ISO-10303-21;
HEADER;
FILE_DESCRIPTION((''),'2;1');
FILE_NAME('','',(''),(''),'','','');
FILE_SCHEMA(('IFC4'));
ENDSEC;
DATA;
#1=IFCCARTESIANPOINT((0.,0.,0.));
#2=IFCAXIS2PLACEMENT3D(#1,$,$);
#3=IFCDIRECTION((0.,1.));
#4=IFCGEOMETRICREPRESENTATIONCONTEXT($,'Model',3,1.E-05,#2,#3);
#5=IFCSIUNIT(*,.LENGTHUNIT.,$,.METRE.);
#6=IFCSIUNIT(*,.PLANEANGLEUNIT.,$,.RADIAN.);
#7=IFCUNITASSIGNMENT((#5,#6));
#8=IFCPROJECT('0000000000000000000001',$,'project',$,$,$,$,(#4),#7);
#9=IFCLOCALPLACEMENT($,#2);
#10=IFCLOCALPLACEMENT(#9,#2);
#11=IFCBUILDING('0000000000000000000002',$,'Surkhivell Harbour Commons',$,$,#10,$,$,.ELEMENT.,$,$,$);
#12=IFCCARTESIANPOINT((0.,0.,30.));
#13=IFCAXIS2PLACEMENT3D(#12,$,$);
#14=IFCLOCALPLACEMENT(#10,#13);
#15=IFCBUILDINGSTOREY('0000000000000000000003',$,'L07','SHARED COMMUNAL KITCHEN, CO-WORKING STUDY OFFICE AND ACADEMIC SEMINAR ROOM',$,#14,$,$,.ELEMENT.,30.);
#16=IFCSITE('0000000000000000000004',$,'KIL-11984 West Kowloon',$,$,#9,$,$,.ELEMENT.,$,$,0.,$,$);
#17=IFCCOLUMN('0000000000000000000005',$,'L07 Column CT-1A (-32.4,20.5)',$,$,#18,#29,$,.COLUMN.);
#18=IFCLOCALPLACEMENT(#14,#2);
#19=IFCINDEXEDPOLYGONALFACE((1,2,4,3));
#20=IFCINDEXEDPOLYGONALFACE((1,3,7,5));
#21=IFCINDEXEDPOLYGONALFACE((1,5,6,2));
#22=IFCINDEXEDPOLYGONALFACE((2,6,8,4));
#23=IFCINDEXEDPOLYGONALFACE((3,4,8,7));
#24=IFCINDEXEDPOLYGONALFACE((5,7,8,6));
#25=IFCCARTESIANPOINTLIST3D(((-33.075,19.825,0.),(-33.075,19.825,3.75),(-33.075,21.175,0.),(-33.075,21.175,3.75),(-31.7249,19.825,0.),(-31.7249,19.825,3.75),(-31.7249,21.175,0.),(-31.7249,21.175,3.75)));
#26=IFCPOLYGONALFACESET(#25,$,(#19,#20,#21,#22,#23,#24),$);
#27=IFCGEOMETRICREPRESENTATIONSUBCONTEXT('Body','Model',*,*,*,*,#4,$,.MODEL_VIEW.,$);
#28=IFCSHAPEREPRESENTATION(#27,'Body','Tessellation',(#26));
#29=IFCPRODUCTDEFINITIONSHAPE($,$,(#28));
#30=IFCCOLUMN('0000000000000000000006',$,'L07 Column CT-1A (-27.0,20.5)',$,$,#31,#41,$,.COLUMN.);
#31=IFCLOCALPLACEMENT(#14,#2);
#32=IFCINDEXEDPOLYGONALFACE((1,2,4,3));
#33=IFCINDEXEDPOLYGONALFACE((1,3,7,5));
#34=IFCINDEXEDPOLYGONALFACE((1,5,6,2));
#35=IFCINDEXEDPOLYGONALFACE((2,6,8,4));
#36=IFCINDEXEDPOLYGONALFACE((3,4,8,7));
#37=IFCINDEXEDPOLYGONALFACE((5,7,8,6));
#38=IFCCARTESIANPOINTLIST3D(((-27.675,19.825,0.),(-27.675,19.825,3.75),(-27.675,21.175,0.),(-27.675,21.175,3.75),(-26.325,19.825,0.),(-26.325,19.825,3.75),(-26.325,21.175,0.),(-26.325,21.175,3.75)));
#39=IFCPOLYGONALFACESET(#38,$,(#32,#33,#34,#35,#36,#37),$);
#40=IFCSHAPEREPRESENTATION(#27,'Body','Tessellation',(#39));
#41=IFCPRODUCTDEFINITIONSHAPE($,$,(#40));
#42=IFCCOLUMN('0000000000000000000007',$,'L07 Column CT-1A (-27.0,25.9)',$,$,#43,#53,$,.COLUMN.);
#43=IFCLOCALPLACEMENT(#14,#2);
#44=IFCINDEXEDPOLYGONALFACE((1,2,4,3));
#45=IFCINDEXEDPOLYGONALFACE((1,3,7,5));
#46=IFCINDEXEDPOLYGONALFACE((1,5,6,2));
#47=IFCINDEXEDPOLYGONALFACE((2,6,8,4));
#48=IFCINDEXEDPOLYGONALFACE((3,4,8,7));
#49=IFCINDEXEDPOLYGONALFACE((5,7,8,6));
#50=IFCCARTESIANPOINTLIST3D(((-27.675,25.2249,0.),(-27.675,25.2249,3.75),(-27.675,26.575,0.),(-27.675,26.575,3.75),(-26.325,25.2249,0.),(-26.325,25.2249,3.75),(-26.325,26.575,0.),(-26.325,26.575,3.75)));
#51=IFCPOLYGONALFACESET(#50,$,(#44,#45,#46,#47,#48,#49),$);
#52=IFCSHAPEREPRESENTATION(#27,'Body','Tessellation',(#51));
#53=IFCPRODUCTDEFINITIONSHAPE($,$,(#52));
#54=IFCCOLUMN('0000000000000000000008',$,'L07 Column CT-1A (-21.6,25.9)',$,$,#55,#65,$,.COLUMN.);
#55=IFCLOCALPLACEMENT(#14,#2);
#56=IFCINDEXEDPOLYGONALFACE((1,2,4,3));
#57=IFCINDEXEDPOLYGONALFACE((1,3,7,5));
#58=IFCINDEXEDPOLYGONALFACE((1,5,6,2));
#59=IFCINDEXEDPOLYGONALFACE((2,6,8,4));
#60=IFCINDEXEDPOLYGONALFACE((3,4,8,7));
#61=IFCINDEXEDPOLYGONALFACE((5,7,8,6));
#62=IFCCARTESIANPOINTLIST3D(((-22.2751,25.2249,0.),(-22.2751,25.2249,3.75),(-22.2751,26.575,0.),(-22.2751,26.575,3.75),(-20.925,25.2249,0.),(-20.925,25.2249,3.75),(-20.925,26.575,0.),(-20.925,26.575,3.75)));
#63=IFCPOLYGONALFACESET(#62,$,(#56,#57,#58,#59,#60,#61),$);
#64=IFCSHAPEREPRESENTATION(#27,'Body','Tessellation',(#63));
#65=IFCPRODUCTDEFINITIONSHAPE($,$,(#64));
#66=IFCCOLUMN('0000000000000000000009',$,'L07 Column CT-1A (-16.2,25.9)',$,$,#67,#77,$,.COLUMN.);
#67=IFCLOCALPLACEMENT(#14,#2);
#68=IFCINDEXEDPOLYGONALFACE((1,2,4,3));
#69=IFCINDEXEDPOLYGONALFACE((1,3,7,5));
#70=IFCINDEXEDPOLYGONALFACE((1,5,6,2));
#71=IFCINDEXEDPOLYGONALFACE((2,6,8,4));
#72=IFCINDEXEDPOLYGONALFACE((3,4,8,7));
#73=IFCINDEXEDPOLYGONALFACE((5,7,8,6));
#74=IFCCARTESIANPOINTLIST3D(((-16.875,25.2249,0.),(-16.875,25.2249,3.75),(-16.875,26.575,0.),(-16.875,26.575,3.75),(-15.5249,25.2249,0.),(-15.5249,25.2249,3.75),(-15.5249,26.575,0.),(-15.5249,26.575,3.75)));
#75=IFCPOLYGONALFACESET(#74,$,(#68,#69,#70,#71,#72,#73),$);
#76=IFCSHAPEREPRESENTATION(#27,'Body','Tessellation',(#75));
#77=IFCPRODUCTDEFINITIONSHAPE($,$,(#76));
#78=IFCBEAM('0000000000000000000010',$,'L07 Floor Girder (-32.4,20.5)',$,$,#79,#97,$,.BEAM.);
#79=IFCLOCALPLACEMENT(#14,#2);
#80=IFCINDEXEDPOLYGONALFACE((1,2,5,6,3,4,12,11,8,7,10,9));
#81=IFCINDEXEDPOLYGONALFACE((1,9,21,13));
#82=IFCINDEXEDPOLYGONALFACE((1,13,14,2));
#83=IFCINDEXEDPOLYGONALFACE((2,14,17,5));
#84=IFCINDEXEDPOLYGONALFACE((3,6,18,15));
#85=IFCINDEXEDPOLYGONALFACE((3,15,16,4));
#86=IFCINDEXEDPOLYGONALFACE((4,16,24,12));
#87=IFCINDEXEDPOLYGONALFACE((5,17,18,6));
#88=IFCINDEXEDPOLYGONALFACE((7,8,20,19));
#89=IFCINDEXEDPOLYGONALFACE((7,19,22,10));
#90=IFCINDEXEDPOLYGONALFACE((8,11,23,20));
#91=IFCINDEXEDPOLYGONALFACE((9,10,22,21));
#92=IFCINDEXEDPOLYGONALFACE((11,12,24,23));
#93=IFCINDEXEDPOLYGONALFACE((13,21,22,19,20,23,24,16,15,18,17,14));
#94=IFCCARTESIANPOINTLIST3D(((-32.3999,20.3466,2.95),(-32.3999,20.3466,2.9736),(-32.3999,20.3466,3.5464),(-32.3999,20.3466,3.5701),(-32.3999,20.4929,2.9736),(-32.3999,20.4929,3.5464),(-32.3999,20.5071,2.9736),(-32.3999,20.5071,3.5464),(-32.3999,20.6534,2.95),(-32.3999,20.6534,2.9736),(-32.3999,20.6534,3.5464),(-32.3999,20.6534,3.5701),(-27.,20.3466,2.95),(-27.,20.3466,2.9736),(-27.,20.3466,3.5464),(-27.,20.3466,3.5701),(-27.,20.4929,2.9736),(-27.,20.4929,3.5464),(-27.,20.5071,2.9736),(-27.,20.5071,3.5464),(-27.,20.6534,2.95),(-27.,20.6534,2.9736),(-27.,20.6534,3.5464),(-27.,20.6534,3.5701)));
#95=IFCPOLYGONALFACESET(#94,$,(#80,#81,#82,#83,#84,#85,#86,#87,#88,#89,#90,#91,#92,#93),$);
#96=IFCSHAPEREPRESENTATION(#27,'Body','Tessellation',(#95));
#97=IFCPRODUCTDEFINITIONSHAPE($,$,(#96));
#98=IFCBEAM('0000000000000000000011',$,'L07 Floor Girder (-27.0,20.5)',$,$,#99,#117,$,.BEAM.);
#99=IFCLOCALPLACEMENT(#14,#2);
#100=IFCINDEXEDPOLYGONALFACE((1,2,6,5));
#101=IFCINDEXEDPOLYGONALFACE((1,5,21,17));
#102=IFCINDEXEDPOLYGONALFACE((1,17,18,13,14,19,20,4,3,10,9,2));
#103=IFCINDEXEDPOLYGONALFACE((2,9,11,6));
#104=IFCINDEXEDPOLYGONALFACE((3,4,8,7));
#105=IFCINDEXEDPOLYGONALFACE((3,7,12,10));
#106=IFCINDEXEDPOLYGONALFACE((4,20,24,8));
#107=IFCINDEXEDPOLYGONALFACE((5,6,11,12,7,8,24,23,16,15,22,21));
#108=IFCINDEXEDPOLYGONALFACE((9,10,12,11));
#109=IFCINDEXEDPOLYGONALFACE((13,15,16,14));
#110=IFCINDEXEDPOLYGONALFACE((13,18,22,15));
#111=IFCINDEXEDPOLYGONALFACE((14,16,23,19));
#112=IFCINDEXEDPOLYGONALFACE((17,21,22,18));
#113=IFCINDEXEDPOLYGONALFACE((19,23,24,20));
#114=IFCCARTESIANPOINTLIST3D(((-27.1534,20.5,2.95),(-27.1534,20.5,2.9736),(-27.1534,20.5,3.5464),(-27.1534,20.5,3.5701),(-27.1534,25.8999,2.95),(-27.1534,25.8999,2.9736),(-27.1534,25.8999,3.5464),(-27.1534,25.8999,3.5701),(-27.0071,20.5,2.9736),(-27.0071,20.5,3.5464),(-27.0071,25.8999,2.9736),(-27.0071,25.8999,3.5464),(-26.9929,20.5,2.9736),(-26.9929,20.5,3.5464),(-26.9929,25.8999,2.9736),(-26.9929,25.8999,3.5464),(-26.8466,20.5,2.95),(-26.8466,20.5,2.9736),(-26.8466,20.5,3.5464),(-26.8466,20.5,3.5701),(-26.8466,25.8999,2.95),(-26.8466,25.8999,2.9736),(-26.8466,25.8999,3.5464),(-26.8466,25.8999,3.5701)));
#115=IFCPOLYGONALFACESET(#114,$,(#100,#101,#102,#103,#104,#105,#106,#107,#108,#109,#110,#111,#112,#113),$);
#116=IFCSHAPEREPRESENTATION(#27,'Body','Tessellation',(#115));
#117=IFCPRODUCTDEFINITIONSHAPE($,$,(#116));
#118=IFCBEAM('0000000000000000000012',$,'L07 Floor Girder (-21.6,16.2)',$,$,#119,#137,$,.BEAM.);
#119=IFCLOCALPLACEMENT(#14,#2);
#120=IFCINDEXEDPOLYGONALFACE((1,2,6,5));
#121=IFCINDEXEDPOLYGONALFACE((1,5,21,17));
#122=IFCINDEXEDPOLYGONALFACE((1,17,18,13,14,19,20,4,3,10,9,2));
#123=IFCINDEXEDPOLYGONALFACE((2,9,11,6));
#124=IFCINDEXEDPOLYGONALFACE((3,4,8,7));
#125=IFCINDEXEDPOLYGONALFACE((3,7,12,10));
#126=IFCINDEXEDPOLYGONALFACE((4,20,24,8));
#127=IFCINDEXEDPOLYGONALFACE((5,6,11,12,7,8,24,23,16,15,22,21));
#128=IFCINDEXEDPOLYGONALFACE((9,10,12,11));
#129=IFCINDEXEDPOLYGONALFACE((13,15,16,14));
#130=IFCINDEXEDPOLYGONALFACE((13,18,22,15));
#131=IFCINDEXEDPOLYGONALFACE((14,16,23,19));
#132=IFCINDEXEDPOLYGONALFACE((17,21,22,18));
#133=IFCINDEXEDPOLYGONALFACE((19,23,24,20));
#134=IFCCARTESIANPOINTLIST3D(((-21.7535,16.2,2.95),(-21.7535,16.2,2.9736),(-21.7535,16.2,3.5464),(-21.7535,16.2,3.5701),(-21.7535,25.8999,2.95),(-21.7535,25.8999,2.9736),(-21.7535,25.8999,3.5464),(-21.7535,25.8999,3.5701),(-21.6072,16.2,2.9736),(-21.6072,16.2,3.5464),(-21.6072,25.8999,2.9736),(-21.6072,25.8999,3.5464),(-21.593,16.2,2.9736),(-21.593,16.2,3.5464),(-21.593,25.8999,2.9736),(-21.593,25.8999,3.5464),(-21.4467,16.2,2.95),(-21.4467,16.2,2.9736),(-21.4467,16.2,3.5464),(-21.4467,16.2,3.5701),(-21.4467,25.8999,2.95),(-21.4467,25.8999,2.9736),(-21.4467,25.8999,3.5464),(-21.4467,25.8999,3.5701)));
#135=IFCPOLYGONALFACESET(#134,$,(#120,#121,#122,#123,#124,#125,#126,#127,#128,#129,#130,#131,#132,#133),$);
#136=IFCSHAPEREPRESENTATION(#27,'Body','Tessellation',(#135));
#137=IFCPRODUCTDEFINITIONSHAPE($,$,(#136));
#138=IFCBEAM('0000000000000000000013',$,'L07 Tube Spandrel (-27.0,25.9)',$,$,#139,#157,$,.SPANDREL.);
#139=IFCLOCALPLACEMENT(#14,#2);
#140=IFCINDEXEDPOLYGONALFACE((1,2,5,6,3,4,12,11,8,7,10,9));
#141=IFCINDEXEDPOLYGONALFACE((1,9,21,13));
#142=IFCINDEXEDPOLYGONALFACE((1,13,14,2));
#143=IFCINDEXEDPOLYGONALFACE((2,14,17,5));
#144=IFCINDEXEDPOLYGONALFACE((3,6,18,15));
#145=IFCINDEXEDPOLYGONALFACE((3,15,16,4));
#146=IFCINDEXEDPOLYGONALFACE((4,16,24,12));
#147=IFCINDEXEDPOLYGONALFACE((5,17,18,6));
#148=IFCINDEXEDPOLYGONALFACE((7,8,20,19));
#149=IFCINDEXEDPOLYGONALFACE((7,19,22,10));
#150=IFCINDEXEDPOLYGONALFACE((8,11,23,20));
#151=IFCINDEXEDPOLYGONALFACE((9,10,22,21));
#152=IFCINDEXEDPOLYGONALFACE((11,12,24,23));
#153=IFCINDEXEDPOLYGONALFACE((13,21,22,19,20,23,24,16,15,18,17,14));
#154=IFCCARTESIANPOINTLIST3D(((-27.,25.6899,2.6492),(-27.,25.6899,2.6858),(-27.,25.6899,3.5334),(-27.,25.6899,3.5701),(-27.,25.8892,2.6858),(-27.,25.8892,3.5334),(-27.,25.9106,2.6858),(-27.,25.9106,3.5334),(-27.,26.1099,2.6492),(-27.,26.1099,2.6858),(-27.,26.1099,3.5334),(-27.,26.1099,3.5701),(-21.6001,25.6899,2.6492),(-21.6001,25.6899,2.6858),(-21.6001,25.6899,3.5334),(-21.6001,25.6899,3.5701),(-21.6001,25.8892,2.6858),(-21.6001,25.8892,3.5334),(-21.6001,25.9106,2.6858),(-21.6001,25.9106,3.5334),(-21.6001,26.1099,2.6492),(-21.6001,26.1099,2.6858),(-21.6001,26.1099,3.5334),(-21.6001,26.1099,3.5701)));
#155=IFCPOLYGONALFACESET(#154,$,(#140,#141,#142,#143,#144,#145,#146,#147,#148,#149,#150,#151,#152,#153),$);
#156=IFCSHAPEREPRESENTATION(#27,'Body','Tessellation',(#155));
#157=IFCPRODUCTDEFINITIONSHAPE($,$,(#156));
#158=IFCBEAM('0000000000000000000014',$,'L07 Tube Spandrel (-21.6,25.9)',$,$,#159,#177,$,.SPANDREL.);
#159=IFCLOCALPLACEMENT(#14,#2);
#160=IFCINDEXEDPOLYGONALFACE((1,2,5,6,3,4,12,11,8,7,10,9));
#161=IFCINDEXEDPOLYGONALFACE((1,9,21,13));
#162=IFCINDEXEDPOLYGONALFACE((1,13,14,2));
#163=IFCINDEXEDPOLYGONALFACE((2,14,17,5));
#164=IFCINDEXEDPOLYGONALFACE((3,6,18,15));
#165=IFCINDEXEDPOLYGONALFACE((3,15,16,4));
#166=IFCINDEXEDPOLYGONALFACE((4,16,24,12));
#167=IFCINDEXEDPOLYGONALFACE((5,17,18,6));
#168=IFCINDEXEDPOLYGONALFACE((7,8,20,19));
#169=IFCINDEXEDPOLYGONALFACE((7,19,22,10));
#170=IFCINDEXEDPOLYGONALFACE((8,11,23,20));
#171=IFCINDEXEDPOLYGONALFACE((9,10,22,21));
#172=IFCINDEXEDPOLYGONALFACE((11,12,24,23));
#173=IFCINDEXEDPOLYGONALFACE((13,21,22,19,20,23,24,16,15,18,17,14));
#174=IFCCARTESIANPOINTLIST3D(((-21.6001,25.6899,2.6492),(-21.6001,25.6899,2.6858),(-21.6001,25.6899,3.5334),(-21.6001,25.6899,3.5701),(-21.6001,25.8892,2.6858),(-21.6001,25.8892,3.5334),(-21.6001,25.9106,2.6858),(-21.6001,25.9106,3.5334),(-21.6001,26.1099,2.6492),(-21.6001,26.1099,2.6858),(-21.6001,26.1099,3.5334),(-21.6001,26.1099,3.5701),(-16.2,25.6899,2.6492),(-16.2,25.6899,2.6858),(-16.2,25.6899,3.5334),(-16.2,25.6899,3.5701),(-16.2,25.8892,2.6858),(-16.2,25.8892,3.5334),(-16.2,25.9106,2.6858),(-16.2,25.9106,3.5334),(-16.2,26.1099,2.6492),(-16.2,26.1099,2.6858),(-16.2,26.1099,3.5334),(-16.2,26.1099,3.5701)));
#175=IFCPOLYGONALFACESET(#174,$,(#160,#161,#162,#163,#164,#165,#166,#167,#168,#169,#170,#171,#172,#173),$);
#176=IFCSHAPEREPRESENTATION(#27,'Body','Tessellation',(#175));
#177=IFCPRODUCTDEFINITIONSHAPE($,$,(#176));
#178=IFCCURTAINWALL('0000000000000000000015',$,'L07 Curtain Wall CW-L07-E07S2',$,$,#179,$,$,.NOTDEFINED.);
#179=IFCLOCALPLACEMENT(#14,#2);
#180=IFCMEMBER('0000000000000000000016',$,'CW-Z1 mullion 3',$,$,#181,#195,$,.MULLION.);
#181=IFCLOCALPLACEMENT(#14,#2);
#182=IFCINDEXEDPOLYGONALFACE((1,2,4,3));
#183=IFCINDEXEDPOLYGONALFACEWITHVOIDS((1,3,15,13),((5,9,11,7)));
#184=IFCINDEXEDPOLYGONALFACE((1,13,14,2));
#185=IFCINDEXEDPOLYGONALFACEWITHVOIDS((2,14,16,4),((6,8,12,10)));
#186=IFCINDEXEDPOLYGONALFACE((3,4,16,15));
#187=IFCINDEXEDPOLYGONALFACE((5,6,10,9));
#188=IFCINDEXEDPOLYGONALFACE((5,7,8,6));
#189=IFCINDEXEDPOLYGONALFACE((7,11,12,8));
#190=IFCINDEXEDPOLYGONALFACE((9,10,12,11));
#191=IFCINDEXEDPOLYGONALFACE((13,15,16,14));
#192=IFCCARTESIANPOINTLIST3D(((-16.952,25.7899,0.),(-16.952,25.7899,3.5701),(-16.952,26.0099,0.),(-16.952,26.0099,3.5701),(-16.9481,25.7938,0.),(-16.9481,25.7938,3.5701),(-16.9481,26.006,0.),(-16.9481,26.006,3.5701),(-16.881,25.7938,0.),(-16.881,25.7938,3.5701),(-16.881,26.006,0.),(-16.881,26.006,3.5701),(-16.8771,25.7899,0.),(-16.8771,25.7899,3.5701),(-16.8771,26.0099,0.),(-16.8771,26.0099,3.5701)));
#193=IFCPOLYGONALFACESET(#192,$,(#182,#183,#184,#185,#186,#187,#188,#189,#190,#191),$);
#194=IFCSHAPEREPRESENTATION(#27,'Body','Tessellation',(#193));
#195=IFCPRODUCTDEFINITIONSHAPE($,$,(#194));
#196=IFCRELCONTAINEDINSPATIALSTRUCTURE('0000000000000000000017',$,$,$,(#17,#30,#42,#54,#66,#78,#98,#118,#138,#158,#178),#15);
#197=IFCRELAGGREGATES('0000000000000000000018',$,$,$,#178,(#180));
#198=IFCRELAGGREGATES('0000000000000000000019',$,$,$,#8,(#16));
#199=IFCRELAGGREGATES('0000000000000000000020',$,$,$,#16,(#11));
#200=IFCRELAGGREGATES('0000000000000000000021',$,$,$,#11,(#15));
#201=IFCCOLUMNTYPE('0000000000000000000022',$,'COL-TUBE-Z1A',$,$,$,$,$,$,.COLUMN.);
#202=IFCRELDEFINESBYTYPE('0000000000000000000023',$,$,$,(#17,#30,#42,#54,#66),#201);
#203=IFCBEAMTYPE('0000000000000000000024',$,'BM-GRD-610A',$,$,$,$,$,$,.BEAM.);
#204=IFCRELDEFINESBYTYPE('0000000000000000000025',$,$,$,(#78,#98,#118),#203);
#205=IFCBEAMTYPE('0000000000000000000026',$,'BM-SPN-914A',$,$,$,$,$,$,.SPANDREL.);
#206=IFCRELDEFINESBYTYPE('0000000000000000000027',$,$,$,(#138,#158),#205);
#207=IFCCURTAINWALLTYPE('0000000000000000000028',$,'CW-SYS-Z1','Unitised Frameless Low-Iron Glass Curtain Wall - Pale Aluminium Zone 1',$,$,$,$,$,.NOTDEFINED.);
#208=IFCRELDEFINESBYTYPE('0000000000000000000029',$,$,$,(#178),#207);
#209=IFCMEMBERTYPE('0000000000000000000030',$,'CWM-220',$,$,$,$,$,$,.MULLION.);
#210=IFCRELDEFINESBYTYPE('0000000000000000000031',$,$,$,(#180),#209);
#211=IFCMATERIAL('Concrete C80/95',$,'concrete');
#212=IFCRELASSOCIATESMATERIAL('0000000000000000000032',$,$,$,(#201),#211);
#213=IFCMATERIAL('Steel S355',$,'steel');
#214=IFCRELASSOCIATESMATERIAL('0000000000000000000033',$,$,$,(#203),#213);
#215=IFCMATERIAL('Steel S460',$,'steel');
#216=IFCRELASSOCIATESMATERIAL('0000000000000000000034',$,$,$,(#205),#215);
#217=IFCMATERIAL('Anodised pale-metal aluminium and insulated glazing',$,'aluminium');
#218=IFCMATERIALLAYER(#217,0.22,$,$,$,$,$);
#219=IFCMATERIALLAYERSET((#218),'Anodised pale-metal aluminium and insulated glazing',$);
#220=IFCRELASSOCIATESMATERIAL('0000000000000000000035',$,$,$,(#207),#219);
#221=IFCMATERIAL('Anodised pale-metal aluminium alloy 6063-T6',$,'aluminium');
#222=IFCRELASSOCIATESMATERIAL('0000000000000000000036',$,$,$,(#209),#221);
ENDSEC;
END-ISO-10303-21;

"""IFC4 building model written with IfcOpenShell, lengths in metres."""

from ifc_helpers import new_model, si_unit, direction, frame, origin, origin_2d, place, context, subcontext, project, spatial, rectangle, hollow_rectangle, i_section, extrude, material, layer, layer_set, material_profile, profile_set, type_object, element, aggregate, save


model = new_model("IFC4")

# Units and contexts
model_context = context("Model", 3, precision=1e-05, world=origin(), true_north=direction((0.0, 1.0)))
body_context = subcontext(model_context, "Body", "Model", "MODEL_VIEW")
ifc_project = project(units=[si_unit("LENGTHUNIT", "METRE"), si_unit("PLANEANGLEUNIT", "RADIAN")], contexts=[model_context])

# Site, building, storey
site_placement = place(None, origin())
site = spatial("IfcSite", under=ifc_project, at=site_placement, Name="KIL-11984 West Kowloon", CompositionType="ELEMENT", RefElevation=0.0)
building_placement = place(site_placement, origin())
building = spatial("IfcBuilding", under=site, at=building_placement, Name="Surkhivell Harbour Commons", CompositionType="ELEMENT")
storey_placement = place(building_placement, frame((0.0, 0.0, 30.0)))
storey = spatial("IfcBuildingStorey", under=building, at=storey_placement, Name="L07", Description="SHARED COMMUNAL KITCHEN, CO-WORKING STUDY OFFICE AND ACADEMIC SEMINAR ROOM", CompositionType="ELEMENT", Elevation=30.0)

# Columns
ifc_material_1 = material(Name="Concrete C80/95", Category="concrete")
ifc_material_profile_1 = material_profile(ifc_material_1, rectangle(XDim=1.3501, YDim=1.3501, at=origin_2d()), Name="RC-COL-1350x1350")
ifc_profile_set_1 = profile_set([ifc_material_profile_1], Name="Concrete C80/95")
column_type = type_object("IfcColumnType", Name="COL-TUBE-Z1A", PredefinedType="COLUMN", material=ifc_profile_set_1)
for number, where, z_axis, x_axis, name in (
    (1, (-32.3999, 20.5, 0.0), (0.0, 0.0, 1.0), (1.0, 0.0, 0.0), "L07 Column CT-1A (-32.4,20.5)"),
    (2, (-27.0, 20.5, 0.0), (0.0, 0.0, 1.0), (1.0, 0.0, 0.0), "L07 Column CT-1A (-27.0,20.5)"),
    (3, (-27.0, 25.8999, 0.0), (0.0, 0.0, 1.0), (1.0, 0.0, 0.0), "L07 Column CT-1A (-27.0,25.9)"),
    (4, (-21.6001, 25.8999, 0.0), (0.0, 0.0, 1.0), (1.0, 0.0, 0.0), "L07 Column CT-1A (-21.6,25.9)"),
    (5, (-16.2, 25.8999, 0.0), (0.0, 0.0, 1.0), (1.0, 0.0, 0.0), "L07 Column CT-1A (-16.2,25.9)"),
):
    element("IfcColumn", number, at=place(storey_placement, frame(where, z_axis=z_axis, x_axis=x_axis)), inside=storey, type_object=column_type, Name=name, PredefinedType="COLUMN", context=body_context, shape_type="SweptSolid", body=[
        extrude(rectangle(XDim=1.3501, YDim=1.3501, at=origin_2d()), origin(), (0.0, 0.0, 1.0), 3.75),
    ])

# Beams
ifc_material_2 = material(Name="Steel S355", Category="steel")
ifc_material_profile_2 = material_profile(ifc_material_2, i_section(OverallWidth=0.3069, OverallDepth=0.6201, WebThickness=0.0142, FlangeThickness=0.0237, at=origin_2d()), Name="UB610x305x179")
ifc_profile_set_2 = profile_set([ifc_material_profile_2], Name="Steel S355")
beam_type_1 = type_object("IfcBeamType", Name="BM-GRD-610A", PredefinedType="BEAM", material=ifc_profile_set_2)
for number, where, z_axis, x_axis, name in (
    (6, (-32.3999, 20.5, 3.26), (1.0, 0.0, 0.0), (0.0, 1.0, 0.0), "L07 Floor Girder (-32.4,20.5)"),
    (7, (-27.0, 20.5, 3.26), (0.0, 1.0, 0.0), (-1.0, 0.0, 0.0), "L07 Floor Girder (-27.0,20.5)"),
):
    element("IfcBeam", number, at=place(storey_placement, frame(where, z_axis=z_axis, x_axis=x_axis)), inside=storey, type_object=beam_type_1, Name=name, PredefinedType="BEAM", context=body_context, shape_type="SweptSolid", body=[
        extrude(i_section(OverallWidth=0.3069, OverallDepth=0.6201, WebThickness=0.0142, FlangeThickness=0.0237, at=origin_2d()), origin(), (0.0, 0.0, 1.0), 5.3999),
    ])
beam_1_placement = place(storey_placement, frame((-21.6001, 16.2, 3.26), z_axis=(0.0, 1.0, 0.0), x_axis=(-1.0, 0.0, 0.0)))
element("IfcBeam", 8, at=beam_1_placement, inside=storey, type_object=beam_type_1, Name="L07 Floor Girder (-21.6,16.2)", PredefinedType="BEAM", context=body_context, shape_type="SweptSolid", body=[
    extrude(i_section(OverallWidth=0.3069, OverallDepth=0.6201, WebThickness=0.0142, FlangeThickness=0.0237, at=origin_2d()), origin(), (0.0, 0.0, 1.0), 9.7),
])
ifc_material_3 = material(Name="Steel S460", Category="steel")
ifc_material_profile_3 = material_profile(ifc_material_3, i_section(OverallWidth=0.4199, OverallDepth=0.9209, WebThickness=0.0215, FlangeThickness=0.0366, at=origin_2d()), Name="UB914x419x388")
ifc_profile_set_3 = profile_set([ifc_material_profile_3], Name="Steel S460")
beam_type_2 = type_object("IfcBeamType", Name="BM-SPN-914A", PredefinedType="SPANDREL", material=ifc_profile_set_3)
beam_2_placement = place(storey_placement, frame((-27.0, 25.8999, 3.1096), z_axis=(1.0, 0.0, 0.0), x_axis=(0.0, 1.0, 0.0)))
element("IfcBeam", 9, at=beam_2_placement, inside=storey, type_object=beam_type_2, Name="L07 Tube Spandrel (-27.0,25.9)", PredefinedType="SPANDREL", context=body_context, shape_type="SweptSolid", body=[
    extrude(i_section(OverallWidth=0.4199, OverallDepth=0.9209, WebThickness=0.0215, FlangeThickness=0.0366, at=origin_2d()), origin(), (0.0, 0.0, 1.0), 5.3999),
])
beam_3_placement = place(storey_placement, frame((-21.6001, 25.8999, 3.1096), z_axis=(1.0, 0.0, 0.0), x_axis=(0.0, 1.0, 0.0)))
element("IfcBeam", 10, at=beam_3_placement, inside=storey, type_object=beam_type_2, Name="L07 Tube Spandrel (-21.6,25.9)", PredefinedType="SPANDREL", context=body_context, shape_type="SweptSolid", body=[
    extrude(i_section(OverallWidth=0.4199, OverallDepth=0.9209, WebThickness=0.0215, FlangeThickness=0.0366, at=origin_2d()), origin(), (0.0, 0.0, 1.0), 5.4001),
])

# Curtain wall, member
ifc_material_4 = material(Name="Anodised pale-metal aluminium and insulated glazing", Category="aluminium")
ifc_layer_1 = layer(ifc_material_4, 0.22)
ifc_layer_set_1 = layer_set([ifc_layer_1], Name="Anodised pale-metal aluminium and insulated glazing")
curtain_wall_type = type_object("IfcCurtainWallType", Name="CW-SYS-Z1", Description="Unitised Frameless Low-Iron Glass Curtain Wall - Pale Aluminium Zone 1", PredefinedType="NOTDEFINED", material=ifc_layer_set_1)
curtain_wall_1_placement = place(storey_placement, origin())
curtain_wall_1 = element("IfcCurtainWall", 11, at=curtain_wall_1_placement, inside=storey, type_object=curtain_wall_type, Name="L07 Curtain Wall CW-L07-E07S2", PredefinedType="NOTDEFINED")
ifc_material_5 = material(Name="Anodised pale-metal aluminium alloy 6063-T6", Category="aluminium")
ifc_material_profile_4 = material_profile(ifc_material_5, hollow_rectangle(XDim=0.075, YDim=0.22, WallThickness=0.0039, at=origin_2d()), Name="ALU-MULL-75x220")
ifc_profile_set_4 = profile_set([ifc_material_profile_4], Name="Anodised pale-metal aluminium alloy 6063-T6")
member_type_1 = type_object("IfcMemberType", Name="CWM-220", PredefinedType="MULLION", material=ifc_profile_set_4)
member_1_placement = place(storey_placement, frame((-16.9146, 25.8999, 0.0), z_axis=(0.0, 0.0, 1.0), x_axis=(-1.0, 0.0, 0.0)))
member_1 = element("IfcMember", 12, at=member_1_placement, type_object=member_type_1, Name="CW-Z1 mullion 3", PredefinedType="MULLION", context=body_context, shape_type="SweptSolid", body=[
    extrude(hollow_rectangle(XDim=0.075, YDim=0.22, WallThickness=0.0039, at=origin_2d()), origin(), (0.0, 0.0, 1.0), 3.5701),
])

aggregate(curtain_wall_1, [member_1])

save(model, "model.ifc")
